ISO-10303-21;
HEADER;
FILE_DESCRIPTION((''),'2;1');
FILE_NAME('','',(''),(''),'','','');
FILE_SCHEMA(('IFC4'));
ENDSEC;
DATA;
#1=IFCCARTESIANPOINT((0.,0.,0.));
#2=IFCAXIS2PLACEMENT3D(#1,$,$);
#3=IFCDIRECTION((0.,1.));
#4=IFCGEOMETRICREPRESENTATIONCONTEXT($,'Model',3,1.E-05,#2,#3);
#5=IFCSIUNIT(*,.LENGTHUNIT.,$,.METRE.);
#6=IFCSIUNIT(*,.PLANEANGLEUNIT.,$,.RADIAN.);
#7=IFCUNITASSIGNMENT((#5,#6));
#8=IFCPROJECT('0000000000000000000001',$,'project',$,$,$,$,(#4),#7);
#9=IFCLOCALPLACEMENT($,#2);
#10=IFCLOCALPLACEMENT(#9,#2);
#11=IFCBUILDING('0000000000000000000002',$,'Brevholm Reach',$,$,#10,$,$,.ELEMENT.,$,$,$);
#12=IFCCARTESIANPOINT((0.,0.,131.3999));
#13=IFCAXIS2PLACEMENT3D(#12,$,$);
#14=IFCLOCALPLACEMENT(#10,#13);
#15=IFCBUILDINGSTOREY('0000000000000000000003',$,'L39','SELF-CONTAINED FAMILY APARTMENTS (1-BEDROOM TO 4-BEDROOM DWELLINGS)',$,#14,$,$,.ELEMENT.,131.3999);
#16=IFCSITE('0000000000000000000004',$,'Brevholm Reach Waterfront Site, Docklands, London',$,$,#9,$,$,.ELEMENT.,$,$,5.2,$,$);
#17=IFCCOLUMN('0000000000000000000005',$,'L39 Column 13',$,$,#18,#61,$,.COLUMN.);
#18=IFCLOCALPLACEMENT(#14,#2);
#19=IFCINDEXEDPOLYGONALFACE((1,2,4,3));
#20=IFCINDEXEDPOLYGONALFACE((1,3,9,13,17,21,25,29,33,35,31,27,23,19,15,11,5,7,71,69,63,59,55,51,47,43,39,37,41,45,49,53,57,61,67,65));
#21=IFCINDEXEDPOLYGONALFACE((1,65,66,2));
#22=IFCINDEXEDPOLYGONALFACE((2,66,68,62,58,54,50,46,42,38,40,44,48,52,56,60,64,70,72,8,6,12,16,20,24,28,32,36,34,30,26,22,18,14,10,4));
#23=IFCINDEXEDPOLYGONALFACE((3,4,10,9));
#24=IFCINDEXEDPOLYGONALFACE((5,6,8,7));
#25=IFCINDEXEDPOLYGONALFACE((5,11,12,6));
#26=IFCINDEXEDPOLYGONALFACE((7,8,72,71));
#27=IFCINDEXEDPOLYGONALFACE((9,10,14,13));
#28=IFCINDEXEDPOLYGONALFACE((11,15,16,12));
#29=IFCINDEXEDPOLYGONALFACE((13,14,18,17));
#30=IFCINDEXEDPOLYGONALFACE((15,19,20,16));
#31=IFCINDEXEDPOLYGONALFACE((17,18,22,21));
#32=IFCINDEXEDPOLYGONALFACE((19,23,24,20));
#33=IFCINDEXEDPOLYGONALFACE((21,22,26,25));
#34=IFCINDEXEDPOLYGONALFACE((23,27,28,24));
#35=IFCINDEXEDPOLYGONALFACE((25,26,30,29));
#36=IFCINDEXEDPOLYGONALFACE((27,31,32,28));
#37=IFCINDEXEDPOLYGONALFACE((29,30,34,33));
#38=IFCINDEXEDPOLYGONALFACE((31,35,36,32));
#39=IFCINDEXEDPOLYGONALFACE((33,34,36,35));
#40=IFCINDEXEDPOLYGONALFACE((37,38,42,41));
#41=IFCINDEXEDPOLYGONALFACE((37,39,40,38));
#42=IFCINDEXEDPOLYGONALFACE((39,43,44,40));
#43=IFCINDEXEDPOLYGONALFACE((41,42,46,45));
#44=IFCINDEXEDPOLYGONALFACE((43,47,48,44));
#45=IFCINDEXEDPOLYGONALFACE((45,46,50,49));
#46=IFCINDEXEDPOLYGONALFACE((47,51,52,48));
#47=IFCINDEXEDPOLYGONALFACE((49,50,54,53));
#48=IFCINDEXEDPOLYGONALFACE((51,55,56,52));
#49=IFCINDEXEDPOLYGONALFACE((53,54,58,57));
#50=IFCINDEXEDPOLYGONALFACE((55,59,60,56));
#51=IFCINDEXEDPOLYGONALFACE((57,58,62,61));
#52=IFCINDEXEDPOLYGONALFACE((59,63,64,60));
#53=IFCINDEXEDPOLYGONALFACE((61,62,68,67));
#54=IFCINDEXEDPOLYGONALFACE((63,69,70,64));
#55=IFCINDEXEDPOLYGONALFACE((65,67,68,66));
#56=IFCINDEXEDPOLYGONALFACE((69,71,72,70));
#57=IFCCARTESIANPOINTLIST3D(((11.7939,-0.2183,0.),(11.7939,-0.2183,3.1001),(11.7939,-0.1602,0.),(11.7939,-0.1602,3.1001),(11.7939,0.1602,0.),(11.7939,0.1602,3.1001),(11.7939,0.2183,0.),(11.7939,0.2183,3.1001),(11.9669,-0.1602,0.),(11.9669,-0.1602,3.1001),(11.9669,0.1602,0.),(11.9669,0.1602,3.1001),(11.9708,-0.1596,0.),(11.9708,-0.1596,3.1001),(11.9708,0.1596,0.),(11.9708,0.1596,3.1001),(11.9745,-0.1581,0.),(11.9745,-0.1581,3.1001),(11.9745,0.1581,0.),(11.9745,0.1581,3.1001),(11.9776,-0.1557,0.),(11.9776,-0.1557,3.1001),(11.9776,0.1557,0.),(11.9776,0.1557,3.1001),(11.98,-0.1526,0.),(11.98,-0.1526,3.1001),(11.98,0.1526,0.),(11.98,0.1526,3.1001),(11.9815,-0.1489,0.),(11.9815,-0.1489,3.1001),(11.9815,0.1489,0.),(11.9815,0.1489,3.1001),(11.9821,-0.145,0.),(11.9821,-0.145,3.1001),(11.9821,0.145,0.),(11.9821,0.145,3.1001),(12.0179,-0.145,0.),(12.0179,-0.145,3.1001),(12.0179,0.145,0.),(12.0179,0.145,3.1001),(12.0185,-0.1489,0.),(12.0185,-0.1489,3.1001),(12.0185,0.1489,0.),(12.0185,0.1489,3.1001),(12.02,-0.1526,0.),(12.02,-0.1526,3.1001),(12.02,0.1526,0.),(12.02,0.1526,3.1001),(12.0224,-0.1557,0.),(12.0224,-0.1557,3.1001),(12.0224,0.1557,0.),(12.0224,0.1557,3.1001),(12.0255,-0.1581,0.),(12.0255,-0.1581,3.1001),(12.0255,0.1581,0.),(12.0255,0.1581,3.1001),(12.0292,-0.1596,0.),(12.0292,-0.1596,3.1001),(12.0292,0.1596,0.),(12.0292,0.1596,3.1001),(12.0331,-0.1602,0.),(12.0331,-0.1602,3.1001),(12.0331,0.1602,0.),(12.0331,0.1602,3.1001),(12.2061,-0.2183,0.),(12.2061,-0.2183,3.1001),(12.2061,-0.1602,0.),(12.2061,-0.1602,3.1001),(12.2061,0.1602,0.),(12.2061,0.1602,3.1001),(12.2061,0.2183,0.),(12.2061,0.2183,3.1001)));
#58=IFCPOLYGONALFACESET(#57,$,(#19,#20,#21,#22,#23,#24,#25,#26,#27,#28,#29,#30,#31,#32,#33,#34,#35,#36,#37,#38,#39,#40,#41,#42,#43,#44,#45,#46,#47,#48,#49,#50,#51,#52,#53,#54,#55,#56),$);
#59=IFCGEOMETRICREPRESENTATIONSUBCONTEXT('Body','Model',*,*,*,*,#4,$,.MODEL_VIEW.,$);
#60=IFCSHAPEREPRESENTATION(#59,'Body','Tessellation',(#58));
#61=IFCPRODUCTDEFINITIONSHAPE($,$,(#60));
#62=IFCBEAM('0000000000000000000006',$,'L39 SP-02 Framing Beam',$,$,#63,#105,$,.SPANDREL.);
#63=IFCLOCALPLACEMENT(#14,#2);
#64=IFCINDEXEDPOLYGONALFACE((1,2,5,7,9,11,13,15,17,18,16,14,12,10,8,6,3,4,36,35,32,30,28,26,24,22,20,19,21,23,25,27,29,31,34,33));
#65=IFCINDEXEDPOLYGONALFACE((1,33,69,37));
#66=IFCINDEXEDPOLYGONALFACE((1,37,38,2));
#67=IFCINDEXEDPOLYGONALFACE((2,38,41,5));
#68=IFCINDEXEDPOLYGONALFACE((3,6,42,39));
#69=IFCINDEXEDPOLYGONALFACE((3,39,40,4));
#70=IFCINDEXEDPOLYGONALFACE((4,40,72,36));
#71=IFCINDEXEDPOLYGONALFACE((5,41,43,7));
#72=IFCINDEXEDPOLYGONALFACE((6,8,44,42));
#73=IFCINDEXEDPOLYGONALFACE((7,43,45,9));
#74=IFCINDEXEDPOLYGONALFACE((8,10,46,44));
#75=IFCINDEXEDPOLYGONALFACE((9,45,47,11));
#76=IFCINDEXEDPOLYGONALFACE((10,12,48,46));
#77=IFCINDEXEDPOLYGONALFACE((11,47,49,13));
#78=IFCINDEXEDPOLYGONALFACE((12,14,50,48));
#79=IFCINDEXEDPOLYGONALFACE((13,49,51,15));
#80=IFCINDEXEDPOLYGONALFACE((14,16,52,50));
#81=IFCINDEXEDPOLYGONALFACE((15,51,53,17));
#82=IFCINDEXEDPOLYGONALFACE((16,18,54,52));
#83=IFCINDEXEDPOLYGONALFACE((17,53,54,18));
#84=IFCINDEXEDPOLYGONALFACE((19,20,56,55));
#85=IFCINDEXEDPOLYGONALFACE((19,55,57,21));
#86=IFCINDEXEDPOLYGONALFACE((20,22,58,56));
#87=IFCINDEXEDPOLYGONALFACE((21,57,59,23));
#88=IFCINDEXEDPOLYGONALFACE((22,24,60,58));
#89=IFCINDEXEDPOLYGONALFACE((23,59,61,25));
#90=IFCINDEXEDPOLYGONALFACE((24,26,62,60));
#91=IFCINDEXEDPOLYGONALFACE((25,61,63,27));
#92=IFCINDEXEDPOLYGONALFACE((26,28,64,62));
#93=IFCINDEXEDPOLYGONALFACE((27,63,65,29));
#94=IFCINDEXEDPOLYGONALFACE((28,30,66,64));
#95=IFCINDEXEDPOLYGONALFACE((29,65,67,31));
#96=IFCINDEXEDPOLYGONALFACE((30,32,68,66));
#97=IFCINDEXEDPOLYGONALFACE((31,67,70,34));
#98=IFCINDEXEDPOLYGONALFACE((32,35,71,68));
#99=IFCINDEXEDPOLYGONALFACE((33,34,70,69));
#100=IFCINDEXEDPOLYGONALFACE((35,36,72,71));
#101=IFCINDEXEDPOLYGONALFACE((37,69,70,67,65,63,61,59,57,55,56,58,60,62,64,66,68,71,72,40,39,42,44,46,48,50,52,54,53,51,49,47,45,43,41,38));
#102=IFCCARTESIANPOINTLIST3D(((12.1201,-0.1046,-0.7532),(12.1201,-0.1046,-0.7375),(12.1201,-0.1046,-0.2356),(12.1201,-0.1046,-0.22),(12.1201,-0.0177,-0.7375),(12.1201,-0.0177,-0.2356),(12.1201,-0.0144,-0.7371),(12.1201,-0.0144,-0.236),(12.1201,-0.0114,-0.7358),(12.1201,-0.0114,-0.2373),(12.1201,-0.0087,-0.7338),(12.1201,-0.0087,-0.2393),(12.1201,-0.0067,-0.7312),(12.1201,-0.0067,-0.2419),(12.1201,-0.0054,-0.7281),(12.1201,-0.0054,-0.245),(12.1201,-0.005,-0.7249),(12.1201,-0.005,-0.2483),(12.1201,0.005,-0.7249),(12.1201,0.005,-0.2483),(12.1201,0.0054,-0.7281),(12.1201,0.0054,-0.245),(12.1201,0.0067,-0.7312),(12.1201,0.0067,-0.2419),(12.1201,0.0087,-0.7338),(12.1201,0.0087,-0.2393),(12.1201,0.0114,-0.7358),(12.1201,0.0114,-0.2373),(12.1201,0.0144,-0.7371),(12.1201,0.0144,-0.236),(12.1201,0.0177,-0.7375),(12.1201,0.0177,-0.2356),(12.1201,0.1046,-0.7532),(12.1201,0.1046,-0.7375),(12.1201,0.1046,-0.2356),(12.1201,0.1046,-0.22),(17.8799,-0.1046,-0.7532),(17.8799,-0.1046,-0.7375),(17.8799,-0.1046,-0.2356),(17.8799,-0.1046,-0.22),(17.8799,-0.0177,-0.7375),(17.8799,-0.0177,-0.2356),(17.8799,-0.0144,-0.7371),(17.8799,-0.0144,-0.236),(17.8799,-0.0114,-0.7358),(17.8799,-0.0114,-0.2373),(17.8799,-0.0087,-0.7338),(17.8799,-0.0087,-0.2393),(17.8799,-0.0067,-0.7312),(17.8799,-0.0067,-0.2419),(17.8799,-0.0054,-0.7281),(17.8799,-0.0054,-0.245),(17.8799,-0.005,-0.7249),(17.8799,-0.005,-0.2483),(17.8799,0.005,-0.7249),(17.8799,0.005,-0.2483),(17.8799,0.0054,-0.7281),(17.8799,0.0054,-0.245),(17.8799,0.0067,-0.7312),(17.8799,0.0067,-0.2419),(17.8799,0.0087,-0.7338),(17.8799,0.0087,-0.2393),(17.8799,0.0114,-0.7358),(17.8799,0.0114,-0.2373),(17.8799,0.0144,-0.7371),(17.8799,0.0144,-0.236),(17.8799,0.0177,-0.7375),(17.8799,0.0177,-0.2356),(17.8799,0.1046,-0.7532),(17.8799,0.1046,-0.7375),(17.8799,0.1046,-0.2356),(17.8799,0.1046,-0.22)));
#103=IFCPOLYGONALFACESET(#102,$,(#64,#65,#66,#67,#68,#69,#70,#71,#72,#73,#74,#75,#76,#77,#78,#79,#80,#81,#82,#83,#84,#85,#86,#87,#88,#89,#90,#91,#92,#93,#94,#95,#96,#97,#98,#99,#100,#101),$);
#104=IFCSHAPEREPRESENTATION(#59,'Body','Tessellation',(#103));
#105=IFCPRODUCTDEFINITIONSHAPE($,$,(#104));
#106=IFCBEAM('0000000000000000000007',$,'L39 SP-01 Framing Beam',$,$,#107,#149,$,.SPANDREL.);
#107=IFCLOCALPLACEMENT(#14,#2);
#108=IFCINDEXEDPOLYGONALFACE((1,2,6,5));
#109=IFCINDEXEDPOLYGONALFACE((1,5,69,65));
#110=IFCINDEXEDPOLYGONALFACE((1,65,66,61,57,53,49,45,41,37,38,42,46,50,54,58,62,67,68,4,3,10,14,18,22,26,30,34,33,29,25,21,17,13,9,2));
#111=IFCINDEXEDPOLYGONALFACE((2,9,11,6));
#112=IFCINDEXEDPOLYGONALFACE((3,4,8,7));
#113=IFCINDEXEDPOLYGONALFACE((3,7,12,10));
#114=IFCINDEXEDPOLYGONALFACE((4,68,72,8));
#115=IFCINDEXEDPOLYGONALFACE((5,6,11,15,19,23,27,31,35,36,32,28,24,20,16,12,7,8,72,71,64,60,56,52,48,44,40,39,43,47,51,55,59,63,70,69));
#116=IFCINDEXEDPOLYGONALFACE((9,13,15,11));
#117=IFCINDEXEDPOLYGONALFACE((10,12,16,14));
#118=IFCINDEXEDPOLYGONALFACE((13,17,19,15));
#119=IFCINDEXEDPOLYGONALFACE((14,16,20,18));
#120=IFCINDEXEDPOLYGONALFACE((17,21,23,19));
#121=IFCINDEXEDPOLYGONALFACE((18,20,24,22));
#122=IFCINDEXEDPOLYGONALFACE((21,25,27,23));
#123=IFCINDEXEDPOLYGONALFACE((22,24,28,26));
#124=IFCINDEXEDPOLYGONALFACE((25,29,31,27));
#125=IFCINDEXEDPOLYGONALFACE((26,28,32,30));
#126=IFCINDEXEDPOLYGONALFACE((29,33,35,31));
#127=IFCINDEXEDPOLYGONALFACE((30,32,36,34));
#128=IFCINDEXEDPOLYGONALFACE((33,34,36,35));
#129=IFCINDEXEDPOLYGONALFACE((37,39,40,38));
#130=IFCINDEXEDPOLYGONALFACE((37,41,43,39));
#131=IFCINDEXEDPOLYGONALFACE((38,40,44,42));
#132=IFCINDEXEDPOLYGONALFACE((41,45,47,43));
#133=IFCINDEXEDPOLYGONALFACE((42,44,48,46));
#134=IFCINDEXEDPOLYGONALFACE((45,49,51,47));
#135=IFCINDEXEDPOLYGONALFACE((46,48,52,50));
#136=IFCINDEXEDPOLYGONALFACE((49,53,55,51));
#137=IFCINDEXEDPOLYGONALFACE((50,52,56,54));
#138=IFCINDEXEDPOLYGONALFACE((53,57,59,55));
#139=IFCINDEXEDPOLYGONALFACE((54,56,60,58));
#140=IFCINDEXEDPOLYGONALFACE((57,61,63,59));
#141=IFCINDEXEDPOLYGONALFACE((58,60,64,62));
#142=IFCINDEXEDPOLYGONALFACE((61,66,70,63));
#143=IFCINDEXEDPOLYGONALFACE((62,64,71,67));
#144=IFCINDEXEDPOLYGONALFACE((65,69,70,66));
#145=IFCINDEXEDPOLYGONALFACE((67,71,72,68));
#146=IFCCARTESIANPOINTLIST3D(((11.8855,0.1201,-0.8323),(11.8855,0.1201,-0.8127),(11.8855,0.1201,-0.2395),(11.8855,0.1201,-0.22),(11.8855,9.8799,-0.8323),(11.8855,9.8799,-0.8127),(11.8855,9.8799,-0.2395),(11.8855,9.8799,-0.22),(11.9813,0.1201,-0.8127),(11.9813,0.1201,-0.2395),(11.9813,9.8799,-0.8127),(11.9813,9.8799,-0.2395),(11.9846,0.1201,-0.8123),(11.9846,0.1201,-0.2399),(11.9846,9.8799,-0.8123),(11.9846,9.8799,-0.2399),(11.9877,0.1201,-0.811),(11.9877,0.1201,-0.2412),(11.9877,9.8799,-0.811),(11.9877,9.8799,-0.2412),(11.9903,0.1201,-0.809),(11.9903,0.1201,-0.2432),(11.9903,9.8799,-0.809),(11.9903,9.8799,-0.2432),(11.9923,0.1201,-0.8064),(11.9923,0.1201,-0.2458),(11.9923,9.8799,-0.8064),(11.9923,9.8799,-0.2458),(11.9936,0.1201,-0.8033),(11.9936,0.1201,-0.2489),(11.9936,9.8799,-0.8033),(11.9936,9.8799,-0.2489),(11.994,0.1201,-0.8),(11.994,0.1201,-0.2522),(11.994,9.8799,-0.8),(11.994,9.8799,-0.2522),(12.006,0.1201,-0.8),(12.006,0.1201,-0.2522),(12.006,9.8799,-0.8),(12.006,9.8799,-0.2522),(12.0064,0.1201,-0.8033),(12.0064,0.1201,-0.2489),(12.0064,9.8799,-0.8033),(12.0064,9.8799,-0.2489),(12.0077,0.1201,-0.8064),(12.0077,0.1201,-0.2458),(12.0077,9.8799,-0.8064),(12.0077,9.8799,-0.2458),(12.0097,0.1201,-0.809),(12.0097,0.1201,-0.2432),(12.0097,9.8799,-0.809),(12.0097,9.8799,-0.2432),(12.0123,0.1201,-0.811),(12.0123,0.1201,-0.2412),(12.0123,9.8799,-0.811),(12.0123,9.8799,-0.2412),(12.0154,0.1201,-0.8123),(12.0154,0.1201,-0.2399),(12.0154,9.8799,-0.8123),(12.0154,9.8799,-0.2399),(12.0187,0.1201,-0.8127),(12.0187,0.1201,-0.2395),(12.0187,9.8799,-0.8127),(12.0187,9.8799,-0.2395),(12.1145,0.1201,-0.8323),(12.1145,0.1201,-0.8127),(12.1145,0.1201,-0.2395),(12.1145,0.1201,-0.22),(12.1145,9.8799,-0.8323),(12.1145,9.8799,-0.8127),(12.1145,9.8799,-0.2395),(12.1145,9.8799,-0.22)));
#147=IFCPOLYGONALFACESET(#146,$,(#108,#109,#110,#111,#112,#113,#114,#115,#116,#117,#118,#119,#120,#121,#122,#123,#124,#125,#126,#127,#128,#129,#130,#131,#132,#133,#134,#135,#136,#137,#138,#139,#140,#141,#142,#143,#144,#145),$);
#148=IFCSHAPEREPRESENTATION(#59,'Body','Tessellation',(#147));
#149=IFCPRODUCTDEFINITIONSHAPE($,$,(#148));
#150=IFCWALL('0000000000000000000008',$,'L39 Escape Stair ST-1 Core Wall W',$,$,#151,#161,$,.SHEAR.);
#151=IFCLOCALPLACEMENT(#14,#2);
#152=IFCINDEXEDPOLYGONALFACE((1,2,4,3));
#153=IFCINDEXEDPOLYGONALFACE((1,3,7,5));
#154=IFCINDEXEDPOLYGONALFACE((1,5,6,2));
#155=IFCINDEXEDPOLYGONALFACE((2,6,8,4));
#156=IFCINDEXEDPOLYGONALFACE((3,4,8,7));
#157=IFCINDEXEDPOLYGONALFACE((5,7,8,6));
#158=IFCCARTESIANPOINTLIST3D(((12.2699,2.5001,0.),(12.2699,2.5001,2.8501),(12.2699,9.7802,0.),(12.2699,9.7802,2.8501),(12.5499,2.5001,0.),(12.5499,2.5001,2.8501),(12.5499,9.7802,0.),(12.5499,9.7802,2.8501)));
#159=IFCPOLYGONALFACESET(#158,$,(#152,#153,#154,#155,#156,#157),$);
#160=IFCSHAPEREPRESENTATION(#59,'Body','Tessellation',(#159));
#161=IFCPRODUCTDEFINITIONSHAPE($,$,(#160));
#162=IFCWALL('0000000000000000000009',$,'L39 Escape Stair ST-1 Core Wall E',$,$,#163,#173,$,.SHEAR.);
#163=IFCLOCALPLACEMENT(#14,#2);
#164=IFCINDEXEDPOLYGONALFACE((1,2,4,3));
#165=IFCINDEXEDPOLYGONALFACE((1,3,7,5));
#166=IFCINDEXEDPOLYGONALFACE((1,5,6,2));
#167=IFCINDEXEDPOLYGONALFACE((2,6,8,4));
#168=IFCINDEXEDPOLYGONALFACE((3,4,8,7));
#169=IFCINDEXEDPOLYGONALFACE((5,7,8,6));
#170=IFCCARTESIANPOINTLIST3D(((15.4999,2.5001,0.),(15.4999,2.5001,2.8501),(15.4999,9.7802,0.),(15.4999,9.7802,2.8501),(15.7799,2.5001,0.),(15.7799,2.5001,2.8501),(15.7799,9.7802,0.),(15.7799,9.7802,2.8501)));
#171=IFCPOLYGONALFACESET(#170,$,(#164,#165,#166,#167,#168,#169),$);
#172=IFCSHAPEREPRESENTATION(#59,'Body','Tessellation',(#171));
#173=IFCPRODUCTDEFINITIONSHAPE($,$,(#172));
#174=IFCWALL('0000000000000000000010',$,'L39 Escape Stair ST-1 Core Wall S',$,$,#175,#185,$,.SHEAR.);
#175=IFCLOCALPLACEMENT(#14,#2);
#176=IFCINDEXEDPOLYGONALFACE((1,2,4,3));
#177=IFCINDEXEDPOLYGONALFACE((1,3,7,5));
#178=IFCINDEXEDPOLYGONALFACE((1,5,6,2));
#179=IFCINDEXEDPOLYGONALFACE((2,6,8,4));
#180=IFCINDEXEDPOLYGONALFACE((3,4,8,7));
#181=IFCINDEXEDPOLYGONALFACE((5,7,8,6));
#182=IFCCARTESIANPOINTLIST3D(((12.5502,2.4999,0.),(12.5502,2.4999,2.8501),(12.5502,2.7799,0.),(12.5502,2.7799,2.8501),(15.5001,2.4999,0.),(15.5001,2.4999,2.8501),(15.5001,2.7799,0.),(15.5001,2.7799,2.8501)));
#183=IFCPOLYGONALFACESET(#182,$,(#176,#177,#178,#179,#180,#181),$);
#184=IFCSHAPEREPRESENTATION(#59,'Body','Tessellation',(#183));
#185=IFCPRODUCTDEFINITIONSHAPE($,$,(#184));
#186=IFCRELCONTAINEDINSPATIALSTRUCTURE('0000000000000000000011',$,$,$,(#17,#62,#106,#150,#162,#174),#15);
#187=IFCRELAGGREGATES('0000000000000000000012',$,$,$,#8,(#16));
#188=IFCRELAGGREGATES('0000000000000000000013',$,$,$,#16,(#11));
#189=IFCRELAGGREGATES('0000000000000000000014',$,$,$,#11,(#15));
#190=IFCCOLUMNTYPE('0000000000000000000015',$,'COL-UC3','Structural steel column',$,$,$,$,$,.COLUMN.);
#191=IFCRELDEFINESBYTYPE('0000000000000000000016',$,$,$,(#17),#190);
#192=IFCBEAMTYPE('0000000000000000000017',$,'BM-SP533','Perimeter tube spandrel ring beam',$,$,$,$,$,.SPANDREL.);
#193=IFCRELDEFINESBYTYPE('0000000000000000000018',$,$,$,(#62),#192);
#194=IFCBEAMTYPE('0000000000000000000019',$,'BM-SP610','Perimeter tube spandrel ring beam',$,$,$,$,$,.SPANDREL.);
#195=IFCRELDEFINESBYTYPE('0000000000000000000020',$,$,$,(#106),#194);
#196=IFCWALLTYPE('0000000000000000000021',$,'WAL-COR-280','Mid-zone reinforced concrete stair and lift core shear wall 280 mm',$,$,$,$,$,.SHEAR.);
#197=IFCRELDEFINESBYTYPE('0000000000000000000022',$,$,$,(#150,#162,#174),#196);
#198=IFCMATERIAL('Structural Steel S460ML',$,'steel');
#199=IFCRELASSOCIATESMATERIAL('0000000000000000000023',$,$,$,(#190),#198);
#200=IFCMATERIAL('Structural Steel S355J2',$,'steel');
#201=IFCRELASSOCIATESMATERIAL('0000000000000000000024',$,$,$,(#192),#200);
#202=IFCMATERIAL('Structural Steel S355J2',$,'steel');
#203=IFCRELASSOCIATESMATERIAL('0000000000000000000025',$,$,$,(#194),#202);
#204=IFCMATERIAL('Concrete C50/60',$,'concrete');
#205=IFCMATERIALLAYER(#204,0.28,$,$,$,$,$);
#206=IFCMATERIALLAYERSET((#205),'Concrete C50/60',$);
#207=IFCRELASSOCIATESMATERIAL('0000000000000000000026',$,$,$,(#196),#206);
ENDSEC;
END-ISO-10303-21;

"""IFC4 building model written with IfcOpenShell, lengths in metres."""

from ifc_helpers import new_model, si_unit, direction, frame, frame_2d, origin, origin_2d, place, context, subcontext, project, spatial, rectangle, i_section, extrude, material, layer, layer_set, material_profile, profile_set, type_object, element, save


model = new_model("IFC4")

# Units and contexts
model_context = context("Model", 3, precision=1e-05, world=origin(), true_north=direction((0.0, 1.0)))
body_context = subcontext(model_context, "Body", "Model", "MODEL_VIEW")
ifc_project = project(units=[si_unit("LENGTHUNIT", "METRE"), si_unit("PLANEANGLEUNIT", "RADIAN")], contexts=[model_context])

# Site, building, storey
site_placement = place(None, origin())
site = spatial("IfcSite", under=ifc_project, at=site_placement, Name="Brevholm Reach Waterfront Site, Docklands, London", CompositionType="ELEMENT", RefElevation=5.2)
building_placement = place(site_placement, origin())
building = spatial("IfcBuilding", under=site, at=building_placement, Name="Brevholm Reach", CompositionType="ELEMENT")
storey_placement = place(building_placement, frame((0.0, 0.0, 131.3999)))
storey = spatial("IfcBuildingStorey", under=building, at=storey_placement, Name="L39", Description="SELF-CONTAINED FAMILY APARTMENTS (1-BEDROOM TO 4-BEDROOM DWELLINGS)", CompositionType="ELEMENT", Elevation=131.3999)

# Column
ifc_material_1 = material(Name="Structural Steel S460ML", Category="steel")
ifc_material_profile_1 = material_profile(ifc_material_1, i_section(OverallWidth=0.4121, OverallDepth=0.4365, WebThickness=0.0359, FlangeThickness=0.0581, FilletRadius=0.0151, at=origin_2d()), Name="UKC 356x406x467")
ifc_profile_set_1 = profile_set([ifc_material_profile_1], Name="Structural Steel S460ML")
column_type = type_object("IfcColumnType", Name="COL-UC3", Description="Structural steel column", PredefinedType="COLUMN", material=ifc_profile_set_1)
column_placement = place(storey_placement, frame((12.0, 0.0, 0.0), z_axis=(0.0, 0.0, 1.0), x_axis=(1.0, 0.0, 0.0)))
element("IfcColumn", 1, at=column_placement, inside=storey, type_object=column_type, Name="L39 Column 13", PredefinedType="COLUMN", context=body_context, shape_type="SweptSolid", body=[
    extrude(i_section(OverallWidth=0.4121, OverallDepth=0.4365, WebThickness=0.0359, FlangeThickness=0.0581, FilletRadius=0.0151, at=origin_2d()), origin(), (0.0, 0.0, 1.0), 3.1001),
])

# Beams
ifc_material_2 = material(Name="Structural Steel S355J2", Category="steel")
ifc_material_profile_2 = material_profile(ifc_material_2, i_section(OverallWidth=0.2092, OverallDepth=0.5332, WebThickness=0.01, FlangeThickness=0.0156, FilletRadius=0.0127, at=origin_2d()), Name="UKB 533x210x92")
ifc_profile_set_2 = profile_set([ifc_material_profile_2], Name="Structural Steel S355J2")
beam_type_1 = type_object("IfcBeamType", Name="BM-SP533", Description="Perimeter tube spandrel ring beam", PredefinedType="SPANDREL", material=ifc_profile_set_2)
beam_1_placement = place(storey_placement, frame((12.1201, 0.0, -0.4866), z_axis=(1.0, 0.0, 0.0), x_axis=(0.0, 1.0, 0.0)))
element("IfcBeam", 2, at=beam_1_placement, inside=storey, type_object=beam_type_1, Name="L39 SP-02 Framing Beam", PredefinedType="SPANDREL", context=body_context, shape_type="SweptSolid", body=[
    extrude(i_section(OverallWidth=0.2092, OverallDepth=0.5332, WebThickness=0.01, FlangeThickness=0.0156, FilletRadius=0.0127, at=origin_2d()), origin(), (0.0, 0.0, 1.0), 5.7598),
])
ifc_material_3 = material(Name="Structural Steel S355J2", Category="steel")
ifc_material_profile_3 = material_profile(ifc_material_3, i_section(OverallWidth=0.229, OverallDepth=0.6123, WebThickness=0.012, FlangeThickness=0.0195, FilletRadius=0.0127, at=origin_2d()), Name="UKB 610x229x125")
ifc_profile_set_3 = profile_set([ifc_material_profile_3], Name="Structural Steel S355J2")
beam_type_2 = type_object("IfcBeamType", Name="BM-SP610", Description="Perimeter tube spandrel ring beam", PredefinedType="SPANDREL", material=ifc_profile_set_3)
beam_2_placement = place(storey_placement, frame((12.0, 0.1201, -0.5261), z_axis=(0.0, 1.0, 0.0), x_axis=(-1.0, 0.0, 0.0)))
element("IfcBeam", 3, at=beam_2_placement, inside=storey, type_object=beam_type_2, Name="L39 SP-01 Framing Beam", PredefinedType="SPANDREL", context=body_context, shape_type="SweptSolid", body=[
    extrude(i_section(OverallWidth=0.229, OverallDepth=0.6123, WebThickness=0.012, FlangeThickness=0.0195, FilletRadius=0.0127, at=origin_2d()), origin(), (0.0, 0.0, 1.0), 9.7598),
])

# Walls
ifc_material_4 = material(Name="Concrete C50/60", Category="concrete")
ifc_layer_1 = layer(ifc_material_4, 0.28)
ifc_layer_set_1 = layer_set([ifc_layer_1], Name="Concrete C50/60")
wall_type_1 = type_object("IfcWallType", Name="WAL-COR-280", Description="Mid-zone reinforced concrete stair and lift core shear wall 280 mm", PredefinedType="SHEAR", material=ifc_layer_set_1)
for number, where, z_axis, x_axis, name in (
    (4, (12.4099, 2.5, 0.0), (0.0, 0.0, 1.0), (0.0, 1.0, 0.0), "L39 Escape Stair ST-1 Core Wall W"),
    (5, (15.6399, 2.5, 0.0), (0.0, 0.0, 1.0), (0.0, 1.0, 0.0), "L39 Escape Stair ST-1 Core Wall E"),
):
    element("IfcWall", number, at=place(storey_placement, frame(where, z_axis=z_axis, x_axis=x_axis)), inside=storey, type_object=wall_type_1, Name=name, PredefinedType="SHEAR", context=body_context, shape_type="SweptSolid", body=[
        extrude(rectangle(XDim=7.28, YDim=0.28, at=frame_2d((3.6401, 0.0))), origin(), (0.0, 0.0, 1.0), 2.8501),
    ])
wall_1_placement = place(storey_placement, frame((12.55, 2.6399, 0.0), z_axis=(0.0, 0.0, 1.0), x_axis=(1.0, 0.0, 0.0)))
element("IfcWall", 6, at=wall_1_placement, inside=storey, type_object=wall_type_1, Name="L39 Escape Stair ST-1 Core Wall S", PredefinedType="SHEAR", context=body_context, shape_type="SweptSolid", body=[
    extrude(rectangle(XDim=2.95, YDim=0.28, at=frame_2d((1.4751, 0.0))), origin(), (0.0, 0.0, 1.0), 2.8501),
])

save(model, "model.ifc")
